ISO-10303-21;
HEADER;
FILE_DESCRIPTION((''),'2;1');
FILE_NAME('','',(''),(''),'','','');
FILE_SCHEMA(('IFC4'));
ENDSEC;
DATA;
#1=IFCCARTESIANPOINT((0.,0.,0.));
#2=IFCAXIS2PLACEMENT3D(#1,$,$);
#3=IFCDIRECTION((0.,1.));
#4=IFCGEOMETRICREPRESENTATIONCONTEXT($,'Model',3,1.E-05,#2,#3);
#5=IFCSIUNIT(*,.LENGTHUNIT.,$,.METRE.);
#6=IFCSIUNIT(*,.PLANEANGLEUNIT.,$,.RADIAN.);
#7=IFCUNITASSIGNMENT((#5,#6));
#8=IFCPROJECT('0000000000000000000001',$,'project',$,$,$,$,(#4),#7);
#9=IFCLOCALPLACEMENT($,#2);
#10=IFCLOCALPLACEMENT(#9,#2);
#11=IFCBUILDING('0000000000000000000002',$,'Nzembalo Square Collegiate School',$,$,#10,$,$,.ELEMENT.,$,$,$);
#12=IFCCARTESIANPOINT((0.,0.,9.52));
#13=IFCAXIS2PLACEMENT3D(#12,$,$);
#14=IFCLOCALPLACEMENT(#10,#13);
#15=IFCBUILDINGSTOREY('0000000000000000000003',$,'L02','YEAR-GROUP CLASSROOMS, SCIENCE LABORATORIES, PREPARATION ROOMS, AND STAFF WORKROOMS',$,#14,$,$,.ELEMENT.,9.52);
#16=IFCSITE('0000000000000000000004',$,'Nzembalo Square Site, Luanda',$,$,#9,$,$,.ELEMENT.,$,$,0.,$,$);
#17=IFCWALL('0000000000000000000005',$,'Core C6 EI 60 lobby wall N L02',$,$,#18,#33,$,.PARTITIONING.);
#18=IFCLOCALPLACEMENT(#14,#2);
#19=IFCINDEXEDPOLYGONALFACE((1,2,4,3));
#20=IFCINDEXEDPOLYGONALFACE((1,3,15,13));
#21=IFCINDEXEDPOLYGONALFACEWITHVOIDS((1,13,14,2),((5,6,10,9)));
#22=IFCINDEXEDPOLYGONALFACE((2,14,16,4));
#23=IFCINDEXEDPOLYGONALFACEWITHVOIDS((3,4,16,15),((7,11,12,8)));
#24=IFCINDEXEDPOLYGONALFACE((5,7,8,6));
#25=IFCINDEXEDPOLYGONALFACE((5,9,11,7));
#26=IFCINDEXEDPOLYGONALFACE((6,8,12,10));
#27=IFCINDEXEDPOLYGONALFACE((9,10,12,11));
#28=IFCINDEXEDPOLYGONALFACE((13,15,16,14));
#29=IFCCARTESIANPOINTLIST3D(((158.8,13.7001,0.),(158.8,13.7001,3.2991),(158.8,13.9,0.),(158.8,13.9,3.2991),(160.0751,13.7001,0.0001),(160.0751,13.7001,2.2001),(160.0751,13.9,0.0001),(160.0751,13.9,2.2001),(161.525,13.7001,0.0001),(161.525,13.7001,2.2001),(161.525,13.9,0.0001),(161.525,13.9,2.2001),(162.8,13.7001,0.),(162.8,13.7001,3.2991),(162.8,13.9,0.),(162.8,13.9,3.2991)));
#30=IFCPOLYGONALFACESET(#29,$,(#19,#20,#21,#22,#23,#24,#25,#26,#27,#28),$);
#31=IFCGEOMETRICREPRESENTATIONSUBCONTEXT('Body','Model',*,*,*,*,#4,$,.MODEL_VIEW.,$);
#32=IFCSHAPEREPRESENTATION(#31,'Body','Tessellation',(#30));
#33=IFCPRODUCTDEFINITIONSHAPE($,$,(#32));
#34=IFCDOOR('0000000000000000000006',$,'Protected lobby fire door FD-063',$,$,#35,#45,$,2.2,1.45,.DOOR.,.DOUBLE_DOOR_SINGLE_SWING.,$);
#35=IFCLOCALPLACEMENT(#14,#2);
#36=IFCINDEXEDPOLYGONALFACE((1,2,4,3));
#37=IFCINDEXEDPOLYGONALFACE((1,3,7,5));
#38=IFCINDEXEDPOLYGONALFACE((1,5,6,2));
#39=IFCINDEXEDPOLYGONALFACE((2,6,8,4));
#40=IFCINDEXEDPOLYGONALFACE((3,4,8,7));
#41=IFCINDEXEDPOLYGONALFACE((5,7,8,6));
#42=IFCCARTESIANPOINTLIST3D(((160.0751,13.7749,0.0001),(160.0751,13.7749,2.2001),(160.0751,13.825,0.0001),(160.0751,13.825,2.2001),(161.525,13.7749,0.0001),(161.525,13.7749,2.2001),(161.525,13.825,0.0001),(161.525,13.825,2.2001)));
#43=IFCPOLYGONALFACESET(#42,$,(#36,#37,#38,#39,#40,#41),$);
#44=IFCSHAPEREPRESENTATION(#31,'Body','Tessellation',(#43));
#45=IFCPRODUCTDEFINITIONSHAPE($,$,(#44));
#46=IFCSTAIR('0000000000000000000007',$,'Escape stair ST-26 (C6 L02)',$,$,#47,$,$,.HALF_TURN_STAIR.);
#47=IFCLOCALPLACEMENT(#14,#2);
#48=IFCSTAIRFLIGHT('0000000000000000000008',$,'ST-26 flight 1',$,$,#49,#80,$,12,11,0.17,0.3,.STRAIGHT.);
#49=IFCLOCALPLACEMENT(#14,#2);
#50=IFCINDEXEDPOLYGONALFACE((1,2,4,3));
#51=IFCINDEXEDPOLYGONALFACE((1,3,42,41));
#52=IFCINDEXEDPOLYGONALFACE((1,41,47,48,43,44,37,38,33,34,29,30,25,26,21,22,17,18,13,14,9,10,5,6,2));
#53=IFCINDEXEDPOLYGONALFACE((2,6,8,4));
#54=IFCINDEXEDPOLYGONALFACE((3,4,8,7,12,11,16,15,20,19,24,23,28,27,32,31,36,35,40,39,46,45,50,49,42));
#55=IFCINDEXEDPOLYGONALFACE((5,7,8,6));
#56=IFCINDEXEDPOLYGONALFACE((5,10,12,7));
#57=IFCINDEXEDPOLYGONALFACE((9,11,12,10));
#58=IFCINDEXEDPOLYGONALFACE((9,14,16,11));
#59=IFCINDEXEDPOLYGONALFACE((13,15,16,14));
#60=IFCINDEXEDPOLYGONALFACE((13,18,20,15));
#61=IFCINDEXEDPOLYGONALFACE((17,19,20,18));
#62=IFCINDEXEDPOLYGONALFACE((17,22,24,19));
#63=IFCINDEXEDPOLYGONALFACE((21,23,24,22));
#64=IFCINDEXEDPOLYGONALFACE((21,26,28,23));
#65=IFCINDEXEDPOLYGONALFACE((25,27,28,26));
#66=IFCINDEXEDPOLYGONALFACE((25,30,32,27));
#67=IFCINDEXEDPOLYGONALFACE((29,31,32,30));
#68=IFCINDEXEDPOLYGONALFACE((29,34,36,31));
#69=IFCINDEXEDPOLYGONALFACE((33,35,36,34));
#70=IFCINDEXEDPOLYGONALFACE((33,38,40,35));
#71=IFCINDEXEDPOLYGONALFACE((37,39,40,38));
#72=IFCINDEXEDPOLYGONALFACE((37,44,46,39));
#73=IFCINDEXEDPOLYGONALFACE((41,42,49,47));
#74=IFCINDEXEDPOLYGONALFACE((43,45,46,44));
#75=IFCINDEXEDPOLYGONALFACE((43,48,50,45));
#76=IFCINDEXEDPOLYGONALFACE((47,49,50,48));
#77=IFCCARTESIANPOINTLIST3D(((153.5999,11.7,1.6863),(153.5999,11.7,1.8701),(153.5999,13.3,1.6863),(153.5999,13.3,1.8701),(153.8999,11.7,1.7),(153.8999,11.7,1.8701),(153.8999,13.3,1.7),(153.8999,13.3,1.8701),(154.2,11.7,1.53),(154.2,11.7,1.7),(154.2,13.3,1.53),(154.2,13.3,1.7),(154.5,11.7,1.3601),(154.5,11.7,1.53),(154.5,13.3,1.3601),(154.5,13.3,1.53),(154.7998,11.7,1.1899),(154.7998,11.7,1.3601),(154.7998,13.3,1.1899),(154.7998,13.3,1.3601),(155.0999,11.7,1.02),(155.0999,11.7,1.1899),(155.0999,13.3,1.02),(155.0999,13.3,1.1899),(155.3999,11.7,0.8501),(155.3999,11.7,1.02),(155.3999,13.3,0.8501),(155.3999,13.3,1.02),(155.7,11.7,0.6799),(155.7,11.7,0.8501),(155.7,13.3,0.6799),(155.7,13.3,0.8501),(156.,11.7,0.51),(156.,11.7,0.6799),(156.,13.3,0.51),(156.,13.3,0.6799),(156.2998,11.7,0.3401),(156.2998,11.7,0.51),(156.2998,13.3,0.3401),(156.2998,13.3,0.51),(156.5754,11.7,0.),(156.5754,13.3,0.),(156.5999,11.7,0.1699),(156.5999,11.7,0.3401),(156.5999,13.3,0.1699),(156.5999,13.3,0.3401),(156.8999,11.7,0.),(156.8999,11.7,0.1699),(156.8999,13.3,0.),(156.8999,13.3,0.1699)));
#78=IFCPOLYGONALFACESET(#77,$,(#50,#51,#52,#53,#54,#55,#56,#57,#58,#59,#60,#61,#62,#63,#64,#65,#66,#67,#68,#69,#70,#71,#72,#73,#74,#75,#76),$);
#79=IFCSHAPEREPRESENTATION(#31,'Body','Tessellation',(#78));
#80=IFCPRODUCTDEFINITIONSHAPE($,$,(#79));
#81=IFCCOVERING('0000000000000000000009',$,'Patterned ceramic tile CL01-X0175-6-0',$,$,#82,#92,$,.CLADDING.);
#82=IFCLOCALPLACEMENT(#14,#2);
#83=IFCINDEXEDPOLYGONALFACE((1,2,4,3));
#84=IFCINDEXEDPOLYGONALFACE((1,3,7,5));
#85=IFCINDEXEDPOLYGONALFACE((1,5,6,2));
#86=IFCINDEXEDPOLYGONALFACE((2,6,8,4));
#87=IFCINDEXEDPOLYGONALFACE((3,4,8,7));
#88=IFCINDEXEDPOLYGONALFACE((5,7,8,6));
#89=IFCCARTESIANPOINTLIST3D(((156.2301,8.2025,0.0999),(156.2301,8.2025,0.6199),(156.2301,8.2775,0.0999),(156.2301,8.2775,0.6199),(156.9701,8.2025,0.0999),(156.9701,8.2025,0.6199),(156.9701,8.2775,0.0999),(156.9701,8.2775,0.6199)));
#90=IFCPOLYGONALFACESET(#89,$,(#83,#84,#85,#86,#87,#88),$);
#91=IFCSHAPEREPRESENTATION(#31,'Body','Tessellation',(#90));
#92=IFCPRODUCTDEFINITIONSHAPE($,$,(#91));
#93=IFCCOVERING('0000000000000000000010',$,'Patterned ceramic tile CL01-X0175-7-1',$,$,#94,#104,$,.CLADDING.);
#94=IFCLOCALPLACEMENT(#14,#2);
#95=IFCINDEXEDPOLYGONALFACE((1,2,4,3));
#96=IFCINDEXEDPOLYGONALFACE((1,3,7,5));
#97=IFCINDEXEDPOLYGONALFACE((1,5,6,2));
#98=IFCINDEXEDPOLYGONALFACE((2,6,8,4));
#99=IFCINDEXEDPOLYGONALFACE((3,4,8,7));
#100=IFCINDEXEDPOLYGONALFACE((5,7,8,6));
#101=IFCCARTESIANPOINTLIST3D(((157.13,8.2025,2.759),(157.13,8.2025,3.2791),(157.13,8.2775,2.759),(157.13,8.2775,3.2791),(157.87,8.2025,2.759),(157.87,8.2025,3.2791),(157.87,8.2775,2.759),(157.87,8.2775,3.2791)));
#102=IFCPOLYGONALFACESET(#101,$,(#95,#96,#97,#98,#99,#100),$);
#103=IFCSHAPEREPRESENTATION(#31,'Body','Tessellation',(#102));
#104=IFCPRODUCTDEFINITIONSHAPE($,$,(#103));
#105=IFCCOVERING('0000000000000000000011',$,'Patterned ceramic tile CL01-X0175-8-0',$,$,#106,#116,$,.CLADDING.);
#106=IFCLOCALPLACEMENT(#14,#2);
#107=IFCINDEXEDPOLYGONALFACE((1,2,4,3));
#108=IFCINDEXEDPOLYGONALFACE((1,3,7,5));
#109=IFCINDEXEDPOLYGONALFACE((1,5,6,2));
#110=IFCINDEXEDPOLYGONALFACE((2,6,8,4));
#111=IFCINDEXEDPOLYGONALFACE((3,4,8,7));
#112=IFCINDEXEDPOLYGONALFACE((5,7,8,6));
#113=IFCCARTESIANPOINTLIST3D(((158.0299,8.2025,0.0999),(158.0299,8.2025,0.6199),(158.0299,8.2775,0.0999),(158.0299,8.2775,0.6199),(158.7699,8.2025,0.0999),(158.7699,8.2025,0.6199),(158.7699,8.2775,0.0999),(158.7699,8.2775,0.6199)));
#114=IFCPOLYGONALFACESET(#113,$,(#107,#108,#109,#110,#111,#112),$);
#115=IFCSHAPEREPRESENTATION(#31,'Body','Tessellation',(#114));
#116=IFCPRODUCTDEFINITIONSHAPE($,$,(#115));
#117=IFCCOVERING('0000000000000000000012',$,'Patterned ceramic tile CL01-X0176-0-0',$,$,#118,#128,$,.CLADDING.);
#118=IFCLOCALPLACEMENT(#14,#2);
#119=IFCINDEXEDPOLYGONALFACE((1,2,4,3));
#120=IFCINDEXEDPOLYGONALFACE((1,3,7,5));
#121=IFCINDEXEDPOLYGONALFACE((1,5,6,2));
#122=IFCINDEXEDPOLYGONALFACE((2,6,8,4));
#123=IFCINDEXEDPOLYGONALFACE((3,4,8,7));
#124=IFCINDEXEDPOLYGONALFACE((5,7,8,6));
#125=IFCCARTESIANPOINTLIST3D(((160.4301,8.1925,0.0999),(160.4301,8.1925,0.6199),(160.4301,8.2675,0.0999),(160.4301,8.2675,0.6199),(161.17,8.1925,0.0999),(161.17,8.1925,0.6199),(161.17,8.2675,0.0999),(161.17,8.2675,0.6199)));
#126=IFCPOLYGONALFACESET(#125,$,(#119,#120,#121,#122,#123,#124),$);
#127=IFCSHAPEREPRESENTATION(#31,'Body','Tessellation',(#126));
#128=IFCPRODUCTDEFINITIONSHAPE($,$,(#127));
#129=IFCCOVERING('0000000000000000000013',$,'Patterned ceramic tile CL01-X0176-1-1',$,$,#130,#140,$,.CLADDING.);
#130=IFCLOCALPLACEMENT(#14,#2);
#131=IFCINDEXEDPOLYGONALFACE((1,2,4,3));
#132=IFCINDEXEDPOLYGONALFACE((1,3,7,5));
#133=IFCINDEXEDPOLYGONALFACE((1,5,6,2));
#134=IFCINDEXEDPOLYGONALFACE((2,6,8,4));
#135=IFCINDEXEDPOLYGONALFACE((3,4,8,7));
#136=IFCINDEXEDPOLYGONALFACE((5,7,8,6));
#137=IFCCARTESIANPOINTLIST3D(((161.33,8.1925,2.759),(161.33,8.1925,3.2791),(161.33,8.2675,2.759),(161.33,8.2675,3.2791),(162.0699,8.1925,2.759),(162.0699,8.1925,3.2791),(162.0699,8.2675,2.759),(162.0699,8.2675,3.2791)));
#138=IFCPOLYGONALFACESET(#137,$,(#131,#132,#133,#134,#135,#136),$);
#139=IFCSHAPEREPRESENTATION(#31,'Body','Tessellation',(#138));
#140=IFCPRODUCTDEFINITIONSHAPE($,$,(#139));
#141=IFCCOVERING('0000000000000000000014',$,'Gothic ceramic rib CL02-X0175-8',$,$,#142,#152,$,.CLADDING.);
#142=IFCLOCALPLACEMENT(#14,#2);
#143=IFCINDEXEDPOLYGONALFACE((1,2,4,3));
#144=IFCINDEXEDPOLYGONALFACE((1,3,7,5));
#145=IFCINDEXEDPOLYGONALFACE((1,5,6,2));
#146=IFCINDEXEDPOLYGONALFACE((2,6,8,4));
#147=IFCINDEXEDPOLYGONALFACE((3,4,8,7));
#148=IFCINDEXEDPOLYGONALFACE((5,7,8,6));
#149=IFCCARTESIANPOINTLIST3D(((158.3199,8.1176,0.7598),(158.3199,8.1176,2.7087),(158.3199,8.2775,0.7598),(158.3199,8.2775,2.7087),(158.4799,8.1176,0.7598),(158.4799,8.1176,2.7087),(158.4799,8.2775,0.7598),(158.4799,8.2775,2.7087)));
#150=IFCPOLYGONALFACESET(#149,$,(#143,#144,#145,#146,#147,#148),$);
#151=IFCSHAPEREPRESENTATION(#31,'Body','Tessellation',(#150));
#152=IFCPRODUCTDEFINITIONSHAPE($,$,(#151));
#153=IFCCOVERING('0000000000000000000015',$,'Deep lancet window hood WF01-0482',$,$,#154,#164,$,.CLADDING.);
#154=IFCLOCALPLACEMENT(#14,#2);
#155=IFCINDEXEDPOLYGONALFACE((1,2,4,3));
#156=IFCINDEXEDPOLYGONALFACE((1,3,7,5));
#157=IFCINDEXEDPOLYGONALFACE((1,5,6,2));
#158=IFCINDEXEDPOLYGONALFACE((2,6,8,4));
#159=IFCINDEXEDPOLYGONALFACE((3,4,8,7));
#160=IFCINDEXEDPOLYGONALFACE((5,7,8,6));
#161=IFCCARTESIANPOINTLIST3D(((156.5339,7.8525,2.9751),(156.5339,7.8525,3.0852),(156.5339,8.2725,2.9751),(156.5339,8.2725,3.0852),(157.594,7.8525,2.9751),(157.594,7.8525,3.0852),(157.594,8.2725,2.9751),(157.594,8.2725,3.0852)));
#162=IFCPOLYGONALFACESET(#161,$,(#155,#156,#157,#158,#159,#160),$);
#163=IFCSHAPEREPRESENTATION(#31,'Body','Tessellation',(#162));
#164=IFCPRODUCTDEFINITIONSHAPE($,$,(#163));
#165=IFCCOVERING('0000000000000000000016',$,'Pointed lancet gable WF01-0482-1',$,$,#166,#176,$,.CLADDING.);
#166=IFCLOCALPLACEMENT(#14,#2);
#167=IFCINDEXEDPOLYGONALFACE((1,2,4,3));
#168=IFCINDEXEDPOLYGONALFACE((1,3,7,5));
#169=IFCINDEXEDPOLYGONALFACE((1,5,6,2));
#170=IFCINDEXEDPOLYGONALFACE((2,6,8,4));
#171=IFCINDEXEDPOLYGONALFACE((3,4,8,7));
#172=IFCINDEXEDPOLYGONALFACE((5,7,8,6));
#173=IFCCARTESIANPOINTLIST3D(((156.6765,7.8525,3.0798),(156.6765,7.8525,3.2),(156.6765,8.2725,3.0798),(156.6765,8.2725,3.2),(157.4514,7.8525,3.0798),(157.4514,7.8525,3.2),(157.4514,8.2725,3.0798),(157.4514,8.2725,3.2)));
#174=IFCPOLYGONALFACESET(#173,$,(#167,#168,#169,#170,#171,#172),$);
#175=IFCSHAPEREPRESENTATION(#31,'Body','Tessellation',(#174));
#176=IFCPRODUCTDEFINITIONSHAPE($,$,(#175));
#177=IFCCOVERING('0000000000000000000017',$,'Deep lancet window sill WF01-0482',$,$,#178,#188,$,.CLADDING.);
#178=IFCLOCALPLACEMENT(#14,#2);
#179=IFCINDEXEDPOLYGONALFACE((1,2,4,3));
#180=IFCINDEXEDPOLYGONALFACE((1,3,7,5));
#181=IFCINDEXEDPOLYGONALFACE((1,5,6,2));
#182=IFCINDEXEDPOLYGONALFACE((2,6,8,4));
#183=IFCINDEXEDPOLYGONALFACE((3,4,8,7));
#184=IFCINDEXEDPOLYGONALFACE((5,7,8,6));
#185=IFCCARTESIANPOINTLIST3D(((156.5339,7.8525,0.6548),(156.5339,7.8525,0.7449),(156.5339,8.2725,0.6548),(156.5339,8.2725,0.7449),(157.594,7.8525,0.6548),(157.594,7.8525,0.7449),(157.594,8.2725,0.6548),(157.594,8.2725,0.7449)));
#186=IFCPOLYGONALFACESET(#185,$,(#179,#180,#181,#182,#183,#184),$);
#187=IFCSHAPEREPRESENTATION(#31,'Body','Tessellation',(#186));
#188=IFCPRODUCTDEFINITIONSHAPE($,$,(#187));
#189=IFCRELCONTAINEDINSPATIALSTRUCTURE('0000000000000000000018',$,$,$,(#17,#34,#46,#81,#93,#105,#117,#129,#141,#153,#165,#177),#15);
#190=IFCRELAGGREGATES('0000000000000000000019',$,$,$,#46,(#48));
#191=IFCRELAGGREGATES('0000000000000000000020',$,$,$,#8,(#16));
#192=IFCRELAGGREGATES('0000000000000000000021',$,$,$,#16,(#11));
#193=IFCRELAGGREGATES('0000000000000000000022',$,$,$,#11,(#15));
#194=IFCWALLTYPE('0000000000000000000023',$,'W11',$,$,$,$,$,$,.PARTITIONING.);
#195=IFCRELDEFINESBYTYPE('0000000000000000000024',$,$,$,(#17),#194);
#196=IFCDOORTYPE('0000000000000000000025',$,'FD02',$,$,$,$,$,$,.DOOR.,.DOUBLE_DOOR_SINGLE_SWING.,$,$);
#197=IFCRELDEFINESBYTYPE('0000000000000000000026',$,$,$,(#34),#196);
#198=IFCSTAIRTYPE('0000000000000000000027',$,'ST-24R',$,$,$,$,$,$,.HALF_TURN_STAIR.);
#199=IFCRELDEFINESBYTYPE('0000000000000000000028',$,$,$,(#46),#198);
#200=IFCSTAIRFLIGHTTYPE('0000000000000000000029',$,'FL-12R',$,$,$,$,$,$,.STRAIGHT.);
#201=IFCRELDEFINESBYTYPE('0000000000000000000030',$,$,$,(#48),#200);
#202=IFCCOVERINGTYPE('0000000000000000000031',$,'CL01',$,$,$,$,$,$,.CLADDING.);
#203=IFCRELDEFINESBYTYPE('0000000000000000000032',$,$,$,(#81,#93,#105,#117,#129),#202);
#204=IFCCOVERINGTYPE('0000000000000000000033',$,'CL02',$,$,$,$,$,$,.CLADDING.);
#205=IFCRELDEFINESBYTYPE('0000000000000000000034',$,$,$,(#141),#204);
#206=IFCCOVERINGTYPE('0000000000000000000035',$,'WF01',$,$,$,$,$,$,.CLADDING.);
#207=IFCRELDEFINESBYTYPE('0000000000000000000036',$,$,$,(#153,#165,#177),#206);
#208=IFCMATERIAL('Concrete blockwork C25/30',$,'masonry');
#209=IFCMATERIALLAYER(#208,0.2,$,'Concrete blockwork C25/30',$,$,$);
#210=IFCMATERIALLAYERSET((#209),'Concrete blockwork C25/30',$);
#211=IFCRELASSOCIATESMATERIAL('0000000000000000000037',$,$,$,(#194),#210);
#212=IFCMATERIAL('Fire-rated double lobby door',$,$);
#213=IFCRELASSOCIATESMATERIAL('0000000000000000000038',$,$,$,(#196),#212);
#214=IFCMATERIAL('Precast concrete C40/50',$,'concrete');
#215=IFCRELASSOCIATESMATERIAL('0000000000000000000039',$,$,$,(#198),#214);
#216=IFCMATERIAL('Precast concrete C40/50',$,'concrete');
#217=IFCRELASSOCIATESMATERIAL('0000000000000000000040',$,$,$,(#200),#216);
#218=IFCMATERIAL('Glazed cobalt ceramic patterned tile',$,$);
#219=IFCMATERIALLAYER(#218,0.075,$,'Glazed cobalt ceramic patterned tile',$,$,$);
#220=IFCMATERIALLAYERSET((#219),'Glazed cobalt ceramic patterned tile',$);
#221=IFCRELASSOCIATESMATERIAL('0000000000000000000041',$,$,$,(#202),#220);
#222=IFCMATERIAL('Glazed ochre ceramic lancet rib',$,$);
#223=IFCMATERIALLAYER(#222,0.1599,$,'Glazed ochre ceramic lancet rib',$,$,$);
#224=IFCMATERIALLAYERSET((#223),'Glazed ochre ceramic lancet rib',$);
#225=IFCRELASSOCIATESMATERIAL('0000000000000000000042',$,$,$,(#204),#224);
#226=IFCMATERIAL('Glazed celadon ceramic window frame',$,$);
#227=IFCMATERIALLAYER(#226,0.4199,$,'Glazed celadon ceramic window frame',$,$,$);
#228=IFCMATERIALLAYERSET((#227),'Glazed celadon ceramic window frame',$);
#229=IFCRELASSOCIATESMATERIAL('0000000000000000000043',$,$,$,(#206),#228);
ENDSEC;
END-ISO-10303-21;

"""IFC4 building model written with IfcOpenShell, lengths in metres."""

from ifc_helpers import new_model, si_unit, direction, frame, frame_2d, origin, origin_2d, place, context, subcontext, project, spatial, polyline, rectangle, outline, extrude, material, layer, layer_set, type_object, element, fill, aggregate, save


model = new_model("IFC4")

# Units and contexts
model_context = context("Model", 3, precision=1e-05, world=origin(), true_north=direction((0.0, 1.0)))
body_context = subcontext(model_context, "Body", "Model", "MODEL_VIEW")
ifc_project = project(units=[si_unit("LENGTHUNIT", "METRE"), si_unit("PLANEANGLEUNIT", "RADIAN")], contexts=[model_context])

# Site, building, storey
site_placement = place(None, origin())
site = spatial("IfcSite", under=ifc_project, at=site_placement, Name="Nzembalo Square Site, Luanda", CompositionType="ELEMENT", RefElevation=0.0)
building_placement = place(site_placement, origin())
building = spatial("IfcBuilding", under=site, at=building_placement, Name="Nzembalo Square Collegiate School", CompositionType="ELEMENT")
storey_placement = place(building_placement, frame((0.0, 0.0, 9.52)))
storey = spatial("IfcBuildingStorey", under=building, at=storey_placement, Name="L02", Description="YEAR-GROUP CLASSROOMS, SCIENCE LABORATORIES, PREPARATION ROOMS, AND STAFF WORKROOMS", CompositionType="ELEMENT", Elevation=9.52)

# Shared definitions
ifc_material_1 = material(Name="Concrete blockwork C25/30", Category="masonry")
ifc_layer_1 = layer(ifc_material_1, 0.2, Name="Concrete blockwork C25/30")
ifc_layer_set_1 = layer_set([ifc_layer_1], Name="Concrete blockwork C25/30")
wall_type_1 = type_object("IfcWallType", Name="W11", PredefinedType="PARTITIONING", material=ifc_layer_set_1)

# Wall, opening, door
wall_1_placement = place(storey_placement, frame((158.8, 13.8, 0.0), z_axis=(0.0, 0.0, 1.0), x_axis=(1.0, 0.0, 0.0)))
wall_1 = element("IfcWall", 1, at=wall_1_placement, inside=storey, type_object=wall_type_1, Name="Core C6 EI 60 lobby wall N L02", PredefinedType="PARTITIONING", context=body_context, shape_type="SweptSolid", body=[
    extrude(rectangle(XDim=4.0, YDim=0.2, at=frame_2d((2.0, 0.0))), origin(), (0.0, 0.0, 1.0), 3.2991),
])
opening_1_placement = place(wall_1_placement, frame((1.2749, 0.0, 0.0)))
opening_1 = element("IfcOpeningElement", 2, at=opening_1_placement, cuts=wall_1, PredefinedType="OPENING", context=body_context, shape_type="SweptSolid", body=[
    extrude(rectangle(XDim=1.45, YDim=2.2, at=frame_2d((0.7251, 1.1001))), frame((0.0, 0.1099, 0.0), z_axis=(0.0, -1.0, 0.0), x_axis=(1.0, 0.0, 0.0)), (0.0, 0.0, 1.0), 0.22),
])
ifc_material_2 = material(Name="Fire-rated double lobby door")
door_type_1 = type_object("IfcDoorType", Name="FD02", OperationType="DOUBLE_DOOR_SINGLE_SWING", PredefinedType="DOOR", material=ifc_material_2)
door_1_placement = place(opening_1_placement, origin())
door_1 = element("IfcDoor", 3, at=door_1_placement, inside=storey, type_object=door_type_1, Name="Protected lobby fire door FD-063", OperationType="DOUBLE_DOOR_SINGLE_SWING", OverallHeight=2.2, OverallWidth=1.45, PredefinedType="DOOR", context=body_context, shape_type="SweptSolid", body=[
    extrude(rectangle(XDim=1.45, YDim=2.2, at=frame_2d((0.7251, 1.1001))), frame((0.0, 0.0249, 0.0), z_axis=(0.0, -1.0, 0.0), x_axis=(1.0, 0.0, 0.0)), (0.0, 0.0, 1.0), 0.05),
])
fill(opening_1, door_1)

# Stair, stair flight
ifc_material_3 = material(Name="Precast concrete C40/50", Category="concrete")
stair_type = type_object("IfcStairType", Name="ST-24R", PredefinedType="HALF_TURN_STAIR", material=ifc_material_3)
stair_placement = place(storey_placement, origin())
stair = element("IfcStair", 4, at=stair_placement, inside=storey, type_object=stair_type, Name="Escape stair ST-26 (C6 L02)", PredefinedType="HALF_TURN_STAIR")
ifc_material_4 = material(Name="Precast concrete C40/50", Category="concrete")
stair_flight_type = type_object("IfcStairFlightType", Name="FL-12R", PredefinedType="STRAIGHT", material=ifc_material_4)
stair_flight_placement = place(storey_placement, frame((156.8999, 12.5, 0.0), z_axis=(0.0, 0.0, 1.0), x_axis=(-1.0, 0.0, 0.0)))
stair_flight = element("IfcStairFlight", 5, at=stair_flight_placement, type_object=stair_flight_type, Name="ST-26 flight 1", NumberOfRisers=12, NumberOfTreads=11, PredefinedType="STRAIGHT", RiserHeight=0.17, TreadLength=0.3, context=body_context, shape_type="SweptSolid", body=[
    extrude(outline(polyline([(0.0, 0.0), (0.0, 0.1699), (0.3, 0.1699), (0.3, 0.3401), (0.6001, 0.3401), (0.6001, 0.51), (0.8999, 0.51), (0.8999, 0.6799), (1.2, 0.6799), (1.2, 0.8501), (1.5, 0.8501), (1.5, 1.02), (1.8, 1.02), (1.8, 1.1899), (2.1001, 1.1899), (2.1001, 1.3601), (2.3999, 1.3601), (2.3999, 1.53), (2.7, 1.53), (2.7, 1.7), (3.0, 1.7), (3.0, 1.8701), (3.3, 1.8701), (3.3, 2.04), (3.3, 1.6863), (0.3245, 0.0), (0.0, 0.0)])), frame((0.0, 0.8, 0.0), z_axis=(0.0, -1.0, 0.0), x_axis=(1.0, 0.0, 0.0)), (0.0, 0.0, 1.0), 1.6001),
])
aggregate(stair, [stair_flight])

# Coverings
ifc_material_5 = material(Name="Glazed cobalt ceramic patterned tile")
ifc_layer_2 = layer(ifc_material_5, 0.075, Name="Glazed cobalt ceramic patterned tile")
ifc_layer_set_2 = layer_set([ifc_layer_2], Name="Glazed cobalt ceramic patterned tile")
covering_type_1 = type_object("IfcCoveringType", Name="CL01", PredefinedType="CLADDING", material=ifc_layer_set_2)
for number, where, z_axis, x_axis, name in (
    (6, (156.6001, 8.24, 0.0999), (0.0, 0.0, 1.0), (1.0, 0.0, 0.0), "Patterned ceramic tile CL01-X0175-6-0"),
    (7, (157.5, 8.24, 2.759), (0.0, 0.0, 1.0), (1.0, 0.0, 0.0), "Patterned ceramic tile CL01-X0175-7-1"),
    (8, (158.3999, 8.24, 0.0999), (0.0, 0.0, 1.0), (1.0, 0.0, 0.0), "Patterned ceramic tile CL01-X0175-8-0"),
    (9, (160.8, 8.23, 0.0999), (0.0, 0.0, 1.0), (1.0, 0.0, 0.0), "Patterned ceramic tile CL01-X0176-0-0"),
    (10, (161.7, 8.23, 2.759), (0.0, 0.0, 1.0), (1.0, 0.0, 0.0), "Patterned ceramic tile CL01-X0176-1-1"),
):
    element("IfcCovering", number, at=place(storey_placement, frame(where, z_axis=z_axis, x_axis=x_axis)), inside=storey, type_object=covering_type_1, Name=name, PredefinedType="CLADDING", context=body_context, shape_type="SweptSolid", body=[
        extrude(rectangle(XDim=0.74, YDim=0.075, at=origin_2d()), origin(), (0.0, 0.0, 1.0), 0.52),
    ])
ifc_material_6 = material(Name="Glazed ochre ceramic lancet rib")
ifc_layer_3 = layer(ifc_material_6, 0.1599, Name="Glazed ochre ceramic lancet rib")
ifc_layer_set_3 = layer_set([ifc_layer_3], Name="Glazed ochre ceramic lancet rib")
covering_type_2 = type_object("IfcCoveringType", Name="CL02", PredefinedType="CLADDING", material=ifc_layer_set_3)
covering_1_placement = place(storey_placement, frame((158.3999, 8.1975, 0.7598), z_axis=(0.0, 0.0, 1.0), x_axis=(1.0, 0.0, 0.0)))
element("IfcCovering", 11, at=covering_1_placement, inside=storey, type_object=covering_type_2, Name="Gothic ceramic rib CL02-X0175-8", PredefinedType="CLADDING", context=body_context, shape_type="SweptSolid", body=[
    extrude(rectangle(XDim=0.1599, YDim=0.1599, at=origin_2d()), origin(), (0.0, 0.0, 1.0), 1.949),
])
ifc_material_7 = material(Name="Glazed celadon ceramic window frame")
ifc_layer_4 = layer(ifc_material_7, 0.4199, Name="Glazed celadon ceramic window frame")
ifc_layer_set_4 = layer_set([ifc_layer_4], Name="Glazed celadon ceramic window frame")
covering_type_3 = type_object("IfcCoveringType", Name="WF01", PredefinedType="CLADDING", material=ifc_layer_set_4)
covering_2_placement = place(storey_placement, frame((157.064, 8.0625, 2.9751), z_axis=(0.0, 0.0, 1.0), x_axis=(1.0, 0.0, 0.0)))
element("IfcCovering", 12, at=covering_2_placement, inside=storey, type_object=covering_type_3, Name="Deep lancet window hood WF01-0482", PredefinedType="CLADDING", context=body_context, shape_type="SweptSolid", body=[
    extrude(rectangle(XDim=1.0601, YDim=0.4199, at=origin_2d()), origin(), (0.0, 0.0, 1.0), 0.1101),
])
covering_3_placement = place(storey_placement, frame((157.064, 8.0625, 3.0798), z_axis=(0.0, 0.0, 1.0), x_axis=(1.0, 0.0, 0.0)))
element("IfcCovering", 13, at=covering_3_placement, inside=storey, type_object=covering_type_3, Name="Pointed lancet gable WF01-0482-1", PredefinedType="CLADDING", context=body_context, shape_type="SweptSolid", body=[
    extrude(rectangle(XDim=0.7749, YDim=0.4199, at=origin_2d()), origin(), (0.0, 0.0, 1.0), 0.1201),
])
covering_4_placement = place(storey_placement, frame((157.064, 8.0625, 0.6548), z_axis=(0.0, 0.0, 1.0), x_axis=(1.0, 0.0, 0.0)))
element("IfcCovering", 14, at=covering_4_placement, inside=storey, type_object=covering_type_3, Name="Deep lancet window sill WF01-0482", PredefinedType="CLADDING", context=body_context, shape_type="SweptSolid", body=[
    extrude(rectangle(XDim=1.0601, YDim=0.4199, at=origin_2d()), origin(), (0.0, 0.0, 1.0), 0.0901),
])

save(model, "model.ifc")
